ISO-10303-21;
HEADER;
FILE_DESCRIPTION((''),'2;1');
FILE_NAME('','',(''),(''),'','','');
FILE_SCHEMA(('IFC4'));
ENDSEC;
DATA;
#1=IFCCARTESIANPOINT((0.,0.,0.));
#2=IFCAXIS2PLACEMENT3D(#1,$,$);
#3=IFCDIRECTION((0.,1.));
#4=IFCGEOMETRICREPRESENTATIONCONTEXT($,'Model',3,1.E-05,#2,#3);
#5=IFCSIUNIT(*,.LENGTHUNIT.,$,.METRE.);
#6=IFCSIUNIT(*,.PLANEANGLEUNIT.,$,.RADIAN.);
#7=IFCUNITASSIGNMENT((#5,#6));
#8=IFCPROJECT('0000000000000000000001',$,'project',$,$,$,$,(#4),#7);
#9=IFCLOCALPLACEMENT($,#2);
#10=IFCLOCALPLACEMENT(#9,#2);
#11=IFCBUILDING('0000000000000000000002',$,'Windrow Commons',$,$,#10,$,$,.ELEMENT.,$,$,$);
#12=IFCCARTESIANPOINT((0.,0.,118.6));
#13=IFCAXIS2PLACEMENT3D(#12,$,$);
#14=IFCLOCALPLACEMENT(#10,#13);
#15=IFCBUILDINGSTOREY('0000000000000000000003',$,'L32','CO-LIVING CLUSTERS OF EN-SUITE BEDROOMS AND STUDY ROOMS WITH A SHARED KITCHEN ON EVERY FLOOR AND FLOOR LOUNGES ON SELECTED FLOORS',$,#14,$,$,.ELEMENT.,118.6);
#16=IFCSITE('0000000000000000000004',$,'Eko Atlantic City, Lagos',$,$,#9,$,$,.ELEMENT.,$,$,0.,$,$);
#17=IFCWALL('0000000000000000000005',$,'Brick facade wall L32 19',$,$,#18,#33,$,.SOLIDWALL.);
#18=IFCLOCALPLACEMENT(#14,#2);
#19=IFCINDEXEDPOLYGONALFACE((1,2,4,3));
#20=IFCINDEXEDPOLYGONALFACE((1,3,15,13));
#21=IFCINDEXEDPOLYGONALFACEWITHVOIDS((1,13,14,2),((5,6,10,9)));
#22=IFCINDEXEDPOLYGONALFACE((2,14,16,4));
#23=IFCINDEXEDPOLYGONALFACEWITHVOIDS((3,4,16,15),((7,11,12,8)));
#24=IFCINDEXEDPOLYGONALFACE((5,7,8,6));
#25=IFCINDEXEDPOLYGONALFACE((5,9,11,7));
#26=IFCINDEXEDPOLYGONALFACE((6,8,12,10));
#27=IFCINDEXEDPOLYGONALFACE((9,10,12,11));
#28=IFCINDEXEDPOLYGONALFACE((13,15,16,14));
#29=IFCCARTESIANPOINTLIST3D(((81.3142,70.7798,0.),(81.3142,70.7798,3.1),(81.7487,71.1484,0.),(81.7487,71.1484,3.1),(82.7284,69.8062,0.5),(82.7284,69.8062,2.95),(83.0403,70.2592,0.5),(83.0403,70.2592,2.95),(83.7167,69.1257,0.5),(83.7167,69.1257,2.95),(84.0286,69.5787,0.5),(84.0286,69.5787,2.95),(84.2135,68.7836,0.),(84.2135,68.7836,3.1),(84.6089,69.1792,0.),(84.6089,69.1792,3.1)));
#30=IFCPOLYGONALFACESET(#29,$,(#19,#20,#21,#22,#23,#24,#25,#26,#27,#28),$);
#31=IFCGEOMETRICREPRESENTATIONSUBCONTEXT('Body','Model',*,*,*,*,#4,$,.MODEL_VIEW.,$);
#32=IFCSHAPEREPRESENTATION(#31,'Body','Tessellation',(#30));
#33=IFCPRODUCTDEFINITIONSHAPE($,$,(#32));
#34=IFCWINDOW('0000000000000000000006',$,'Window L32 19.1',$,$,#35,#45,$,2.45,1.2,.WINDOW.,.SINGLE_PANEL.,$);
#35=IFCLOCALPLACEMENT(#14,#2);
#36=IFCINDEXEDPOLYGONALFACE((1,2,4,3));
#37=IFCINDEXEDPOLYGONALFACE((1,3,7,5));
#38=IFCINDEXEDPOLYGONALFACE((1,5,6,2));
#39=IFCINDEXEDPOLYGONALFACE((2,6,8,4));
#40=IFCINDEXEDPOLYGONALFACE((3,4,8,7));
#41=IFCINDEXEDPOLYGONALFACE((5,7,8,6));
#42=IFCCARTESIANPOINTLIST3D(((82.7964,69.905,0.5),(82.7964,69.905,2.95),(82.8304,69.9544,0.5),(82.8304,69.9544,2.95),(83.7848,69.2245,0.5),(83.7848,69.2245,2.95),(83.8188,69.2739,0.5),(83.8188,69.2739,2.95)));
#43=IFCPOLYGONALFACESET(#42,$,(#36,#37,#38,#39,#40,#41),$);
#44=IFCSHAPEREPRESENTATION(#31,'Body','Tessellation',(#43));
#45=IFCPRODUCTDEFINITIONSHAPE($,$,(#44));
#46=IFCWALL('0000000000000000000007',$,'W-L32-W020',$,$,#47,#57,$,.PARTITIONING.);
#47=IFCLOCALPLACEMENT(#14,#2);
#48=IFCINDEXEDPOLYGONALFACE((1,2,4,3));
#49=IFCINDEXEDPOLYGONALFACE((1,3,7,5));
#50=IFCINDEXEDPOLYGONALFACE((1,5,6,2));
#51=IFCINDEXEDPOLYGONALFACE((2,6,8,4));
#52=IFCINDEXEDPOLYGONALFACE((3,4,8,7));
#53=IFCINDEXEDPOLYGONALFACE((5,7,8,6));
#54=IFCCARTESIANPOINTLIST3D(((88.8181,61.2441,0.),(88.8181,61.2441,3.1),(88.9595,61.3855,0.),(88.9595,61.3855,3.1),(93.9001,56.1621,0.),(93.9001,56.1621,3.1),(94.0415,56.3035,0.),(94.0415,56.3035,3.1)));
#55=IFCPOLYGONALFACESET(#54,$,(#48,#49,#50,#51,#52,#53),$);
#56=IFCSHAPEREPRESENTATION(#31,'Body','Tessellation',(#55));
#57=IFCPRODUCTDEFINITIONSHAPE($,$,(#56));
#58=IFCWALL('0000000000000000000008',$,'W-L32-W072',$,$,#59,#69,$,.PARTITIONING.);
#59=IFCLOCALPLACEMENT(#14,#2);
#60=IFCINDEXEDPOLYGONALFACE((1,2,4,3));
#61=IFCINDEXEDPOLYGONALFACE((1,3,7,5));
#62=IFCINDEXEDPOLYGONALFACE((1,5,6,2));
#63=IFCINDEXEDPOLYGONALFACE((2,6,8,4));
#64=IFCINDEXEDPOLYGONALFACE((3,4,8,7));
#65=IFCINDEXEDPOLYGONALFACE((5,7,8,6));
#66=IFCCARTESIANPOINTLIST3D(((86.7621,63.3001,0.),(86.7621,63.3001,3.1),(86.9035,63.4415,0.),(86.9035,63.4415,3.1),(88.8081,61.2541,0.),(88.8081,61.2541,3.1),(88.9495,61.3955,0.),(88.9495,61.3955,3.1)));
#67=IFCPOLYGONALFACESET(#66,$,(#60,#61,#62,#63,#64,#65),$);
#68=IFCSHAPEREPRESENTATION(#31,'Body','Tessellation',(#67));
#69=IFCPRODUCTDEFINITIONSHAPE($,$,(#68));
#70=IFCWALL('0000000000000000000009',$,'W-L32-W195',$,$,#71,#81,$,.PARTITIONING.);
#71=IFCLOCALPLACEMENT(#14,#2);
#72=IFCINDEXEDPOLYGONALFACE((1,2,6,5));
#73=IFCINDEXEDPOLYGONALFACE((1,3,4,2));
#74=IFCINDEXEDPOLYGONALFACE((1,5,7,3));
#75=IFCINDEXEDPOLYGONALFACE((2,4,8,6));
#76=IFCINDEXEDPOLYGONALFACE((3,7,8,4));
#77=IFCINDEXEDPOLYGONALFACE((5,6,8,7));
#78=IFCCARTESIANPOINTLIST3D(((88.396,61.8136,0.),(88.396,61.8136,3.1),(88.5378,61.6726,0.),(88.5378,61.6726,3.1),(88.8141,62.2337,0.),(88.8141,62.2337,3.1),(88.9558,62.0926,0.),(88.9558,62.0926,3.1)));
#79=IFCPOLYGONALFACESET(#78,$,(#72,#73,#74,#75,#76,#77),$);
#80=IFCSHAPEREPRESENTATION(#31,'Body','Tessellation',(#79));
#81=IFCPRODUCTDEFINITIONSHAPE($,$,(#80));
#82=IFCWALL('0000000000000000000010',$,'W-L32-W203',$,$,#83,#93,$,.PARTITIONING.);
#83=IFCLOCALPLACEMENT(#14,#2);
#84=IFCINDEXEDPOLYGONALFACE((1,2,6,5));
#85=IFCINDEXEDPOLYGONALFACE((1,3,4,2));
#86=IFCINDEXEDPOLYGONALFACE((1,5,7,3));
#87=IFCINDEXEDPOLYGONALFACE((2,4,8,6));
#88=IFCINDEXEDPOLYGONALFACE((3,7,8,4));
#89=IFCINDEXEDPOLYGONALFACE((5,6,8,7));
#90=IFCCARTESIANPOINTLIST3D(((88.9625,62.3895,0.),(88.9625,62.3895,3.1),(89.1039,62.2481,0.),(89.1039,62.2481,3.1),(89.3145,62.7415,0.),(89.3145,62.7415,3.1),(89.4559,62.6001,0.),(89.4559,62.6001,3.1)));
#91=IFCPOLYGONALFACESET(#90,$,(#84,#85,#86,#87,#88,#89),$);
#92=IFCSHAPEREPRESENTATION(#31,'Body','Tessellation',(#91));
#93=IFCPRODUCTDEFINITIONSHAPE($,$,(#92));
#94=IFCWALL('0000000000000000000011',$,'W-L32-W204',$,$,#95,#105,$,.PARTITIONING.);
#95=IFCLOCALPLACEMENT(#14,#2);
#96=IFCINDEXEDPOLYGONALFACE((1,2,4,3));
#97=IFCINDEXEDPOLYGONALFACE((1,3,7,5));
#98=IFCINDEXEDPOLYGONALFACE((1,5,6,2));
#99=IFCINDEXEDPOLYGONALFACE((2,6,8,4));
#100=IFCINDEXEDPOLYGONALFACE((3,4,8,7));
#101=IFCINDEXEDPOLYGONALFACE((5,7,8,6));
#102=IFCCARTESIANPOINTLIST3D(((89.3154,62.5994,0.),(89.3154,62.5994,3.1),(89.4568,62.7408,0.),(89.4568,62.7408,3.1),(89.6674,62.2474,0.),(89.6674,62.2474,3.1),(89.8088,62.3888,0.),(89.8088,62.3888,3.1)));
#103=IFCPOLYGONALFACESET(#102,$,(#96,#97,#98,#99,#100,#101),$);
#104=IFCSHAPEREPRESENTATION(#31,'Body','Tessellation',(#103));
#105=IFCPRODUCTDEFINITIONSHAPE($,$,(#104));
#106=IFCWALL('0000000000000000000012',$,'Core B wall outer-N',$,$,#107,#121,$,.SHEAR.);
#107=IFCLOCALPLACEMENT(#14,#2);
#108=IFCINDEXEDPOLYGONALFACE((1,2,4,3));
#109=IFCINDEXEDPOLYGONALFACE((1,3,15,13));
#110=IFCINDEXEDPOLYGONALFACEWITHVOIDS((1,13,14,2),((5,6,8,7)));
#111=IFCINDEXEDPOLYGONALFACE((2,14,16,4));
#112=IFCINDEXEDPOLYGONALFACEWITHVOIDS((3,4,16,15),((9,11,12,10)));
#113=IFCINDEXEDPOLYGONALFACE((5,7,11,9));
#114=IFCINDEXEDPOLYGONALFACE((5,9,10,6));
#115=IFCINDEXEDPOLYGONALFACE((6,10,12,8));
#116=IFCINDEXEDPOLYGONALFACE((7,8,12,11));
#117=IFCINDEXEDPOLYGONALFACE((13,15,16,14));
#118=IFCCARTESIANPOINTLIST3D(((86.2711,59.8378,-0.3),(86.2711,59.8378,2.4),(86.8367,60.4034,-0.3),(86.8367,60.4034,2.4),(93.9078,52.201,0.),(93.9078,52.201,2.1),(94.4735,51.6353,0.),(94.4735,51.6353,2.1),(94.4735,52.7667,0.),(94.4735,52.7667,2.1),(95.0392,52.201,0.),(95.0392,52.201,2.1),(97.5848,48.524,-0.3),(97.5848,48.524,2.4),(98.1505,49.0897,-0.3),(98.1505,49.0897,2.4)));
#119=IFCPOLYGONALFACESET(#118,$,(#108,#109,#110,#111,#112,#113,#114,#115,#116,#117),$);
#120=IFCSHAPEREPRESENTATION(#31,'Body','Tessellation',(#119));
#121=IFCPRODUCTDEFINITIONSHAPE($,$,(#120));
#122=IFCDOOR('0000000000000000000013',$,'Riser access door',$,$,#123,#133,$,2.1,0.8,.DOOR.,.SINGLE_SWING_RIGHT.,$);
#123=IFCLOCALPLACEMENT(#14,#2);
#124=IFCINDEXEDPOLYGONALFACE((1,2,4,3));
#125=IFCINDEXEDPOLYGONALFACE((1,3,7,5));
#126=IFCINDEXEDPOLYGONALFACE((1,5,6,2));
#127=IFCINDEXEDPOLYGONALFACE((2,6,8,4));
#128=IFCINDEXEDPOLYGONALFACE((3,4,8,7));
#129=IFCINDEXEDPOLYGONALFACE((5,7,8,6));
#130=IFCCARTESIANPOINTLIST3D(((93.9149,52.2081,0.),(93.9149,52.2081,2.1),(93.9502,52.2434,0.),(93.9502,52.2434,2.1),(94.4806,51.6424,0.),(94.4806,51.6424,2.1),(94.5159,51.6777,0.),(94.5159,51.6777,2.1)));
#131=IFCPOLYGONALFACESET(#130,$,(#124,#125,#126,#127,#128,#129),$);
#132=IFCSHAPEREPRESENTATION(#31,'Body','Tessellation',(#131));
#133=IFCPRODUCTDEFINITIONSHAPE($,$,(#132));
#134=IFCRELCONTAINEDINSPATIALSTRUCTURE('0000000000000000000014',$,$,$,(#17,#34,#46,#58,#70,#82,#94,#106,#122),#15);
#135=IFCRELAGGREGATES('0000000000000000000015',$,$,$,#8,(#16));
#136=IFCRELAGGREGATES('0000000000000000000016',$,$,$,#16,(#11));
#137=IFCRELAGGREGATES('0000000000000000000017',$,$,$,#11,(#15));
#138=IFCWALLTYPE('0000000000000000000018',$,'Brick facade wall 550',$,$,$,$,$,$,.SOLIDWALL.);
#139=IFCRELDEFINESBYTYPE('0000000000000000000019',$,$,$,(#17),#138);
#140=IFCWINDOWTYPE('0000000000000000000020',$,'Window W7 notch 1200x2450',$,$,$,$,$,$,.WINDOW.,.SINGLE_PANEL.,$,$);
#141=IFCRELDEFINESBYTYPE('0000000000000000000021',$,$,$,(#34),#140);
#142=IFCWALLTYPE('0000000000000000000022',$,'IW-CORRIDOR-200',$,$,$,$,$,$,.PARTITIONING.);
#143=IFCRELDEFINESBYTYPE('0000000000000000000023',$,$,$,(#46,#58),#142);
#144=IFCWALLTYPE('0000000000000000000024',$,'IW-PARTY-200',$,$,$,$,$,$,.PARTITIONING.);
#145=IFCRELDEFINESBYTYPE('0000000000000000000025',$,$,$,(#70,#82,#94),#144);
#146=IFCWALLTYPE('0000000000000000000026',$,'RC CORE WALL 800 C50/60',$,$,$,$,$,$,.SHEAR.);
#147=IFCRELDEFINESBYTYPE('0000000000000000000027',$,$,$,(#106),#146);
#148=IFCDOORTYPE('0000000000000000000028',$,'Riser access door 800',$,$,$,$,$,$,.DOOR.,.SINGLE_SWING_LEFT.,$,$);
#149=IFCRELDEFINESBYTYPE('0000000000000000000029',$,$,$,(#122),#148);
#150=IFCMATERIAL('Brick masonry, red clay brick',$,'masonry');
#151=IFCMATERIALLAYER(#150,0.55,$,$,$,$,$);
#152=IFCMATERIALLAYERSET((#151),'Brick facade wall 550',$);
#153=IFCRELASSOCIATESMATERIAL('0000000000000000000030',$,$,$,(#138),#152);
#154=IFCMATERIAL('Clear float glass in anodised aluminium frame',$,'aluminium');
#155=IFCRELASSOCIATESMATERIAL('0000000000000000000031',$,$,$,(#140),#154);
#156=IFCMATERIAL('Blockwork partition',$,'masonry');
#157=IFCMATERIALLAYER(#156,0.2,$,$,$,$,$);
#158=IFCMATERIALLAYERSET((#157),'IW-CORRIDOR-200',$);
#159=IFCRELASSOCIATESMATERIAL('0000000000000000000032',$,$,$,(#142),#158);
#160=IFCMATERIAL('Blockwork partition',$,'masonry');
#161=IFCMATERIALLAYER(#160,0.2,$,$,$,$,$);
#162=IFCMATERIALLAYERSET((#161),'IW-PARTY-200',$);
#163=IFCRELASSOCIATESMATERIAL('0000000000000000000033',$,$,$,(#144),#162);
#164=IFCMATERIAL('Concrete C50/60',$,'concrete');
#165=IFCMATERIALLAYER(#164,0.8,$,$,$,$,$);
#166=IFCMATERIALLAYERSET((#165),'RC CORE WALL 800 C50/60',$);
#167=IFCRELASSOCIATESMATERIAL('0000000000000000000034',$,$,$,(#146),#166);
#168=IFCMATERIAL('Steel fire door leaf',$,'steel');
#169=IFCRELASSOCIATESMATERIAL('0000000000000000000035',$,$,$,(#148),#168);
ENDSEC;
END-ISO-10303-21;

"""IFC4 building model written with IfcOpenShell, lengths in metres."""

from ifc_helpers import new_model, si_unit, direction, frame, frame_2d, origin, place, context, subcontext, project, spatial, polyline, rectangle, outline, extrude, material, layer, layer_set, type_object, element, fill, save


model = new_model("IFC4")

# Units and contexts
model_context = context("Model", 3, precision=1e-05, world=origin(), true_north=direction((0.0, 1.0)))
body_context = subcontext(model_context, "Body", "Model", "MODEL_VIEW")
ifc_project = project(units=[si_unit("LENGTHUNIT", "METRE"), si_unit("PLANEANGLEUNIT", "RADIAN")], contexts=[model_context])

# Site, building, storey
site_placement = place(None, origin())
site = spatial("IfcSite", under=ifc_project, at=site_placement, Name="Eko Atlantic City, Lagos", CompositionType="ELEMENT", RefElevation=0.0)
building_placement = place(site_placement, origin())
building = spatial("IfcBuilding", under=site, at=building_placement, Name="Windrow Commons", CompositionType="ELEMENT")
storey_placement = place(building_placement, frame((0.0, 0.0, 118.6)))
storey = spatial("IfcBuildingStorey", under=building, at=storey_placement, Name="L32", Description="CO-LIVING CLUSTERS OF EN-SUITE BEDROOMS AND STUDY ROOMS WITH A SHARED KITCHEN ON EVERY FLOOR AND FLOOR LOUNGES ON SELECTED FLOORS", CompositionType="ELEMENT", Elevation=118.6)

# Shared definitions
ifc_material_1 = material(Name="Brick masonry, red clay brick", Category="masonry")
ifc_layer_1 = layer(ifc_material_1, 0.55)
ifc_layer_set_1 = layer_set([ifc_layer_1], Name="Brick facade wall 550")
wall_type_1 = type_object("IfcWallType", Name="Brick facade wall 550", PredefinedType="SOLIDWALL", material=ifc_layer_set_1)
ifc_material_2 = material(Name="Clear float glass in anodised aluminium frame", Category="aluminium")
window_type_1 = type_object("IfcWindowType", Name="Window W7 notch 1200x2450", PartitioningType="SINGLE_PANEL", PredefinedType="WINDOW", material=ifc_material_2)

# Wall, opening, window
wall_1_placement = place(storey_placement, frame((84.4112, 68.9814, 0.0), z_axis=(0.0, 0.0, 1.0), x_axis=(-0.823654, 0.567093, 0.0)))
wall_1 = element("IfcWall", 1, at=wall_1_placement, inside=storey, type_object=wall_type_1, Name="Brick facade wall L32 19", PredefinedType="SOLIDWALL", context=body_context, shape_type="SweptSolid", body=[
    extrude(outline(polyline([(-0.0507, -0.275), (3.4219, -0.275), (3.5707, 0.275), (0.0507, 0.275), (-0.0507, -0.275)])), origin(), (0.0, 0.0, 1.0), 3.1),
])
opening_1_placement = place(wall_1_placement, frame((0.6538, 0.0, 0.5)))
opening_1 = element("IfcOpeningElement", 2, at=opening_1_placement, cuts=wall_1, PredefinedType="OPENING", context=body_context, shape_type="SweptSolid", body=[
    extrude(rectangle(XDim=1.2, YDim=2.45, at=frame_2d((0.6, 1.225))), frame((0.0, 0.285, 0.0), z_axis=(0.0, -1.0, 0.0), x_axis=(1.0, 0.0, 0.0)), (0.0, 0.0, 1.0), 0.57),
])
window_1_placement = place(opening_1_placement, origin())
window_1 = element("IfcWindow", 3, at=window_1_placement, inside=storey, type_object=window_type_1, Name="Window L32 19.1", OverallHeight=2.45, OverallWidth=1.2, PartitioningType="SINGLE_PANEL", PredefinedType="WINDOW", context=body_context, shape_type="SweptSolid", body=[
    extrude(rectangle(XDim=1.2, YDim=2.45, at=frame_2d((0.6, 1.225))), frame((0.0, 0.155, 0.0), z_axis=(0.0, -1.0, 0.0), x_axis=(1.0, 0.0, 0.0)), (0.0, 0.0, 1.0), 0.06),
])
fill(opening_1, window_1)

# Walls
ifc_material_3 = material(Name="Blockwork partition", Category="masonry")
ifc_layer_2 = layer(ifc_material_3, 0.2)
ifc_layer_set_2 = layer_set([ifc_layer_2], Name="IW-CORRIDOR-200")
wall_type_2 = type_object("IfcWallType", Name="IW-CORRIDOR-200", PredefinedType="PARTITIONING", material=ifc_layer_set_2)
wall_2_placement = place(storey_placement, frame((88.8888, 61.3148, 0.0), z_axis=(0.0, 0.0, 1.0), x_axis=(0.707107, -0.707107, 0.0)))
element("IfcWall", 4, at=wall_2_placement, inside=storey, type_object=wall_type_2, Name="W-L32-W020", PredefinedType="PARTITIONING", context=body_context, shape_type="SweptSolid", body=[
    extrude(rectangle(XDim=7.187, YDim=0.2, at=frame_2d((3.5935, 0.0))), origin(), (0.0, 0.0, 1.0), 3.1),
])
wall_3_placement = place(storey_placement, frame((86.8328, 63.3708, 0.0), z_axis=(0.0, 0.0, 1.0), x_axis=(0.707107, -0.707107, 0.0)))
element("IfcWall", 5, at=wall_3_placement, inside=storey, type_object=wall_type_2, Name="W-L32-W072", PredefinedType="PARTITIONING", context=body_context, shape_type="SweptSolid", body=[
    extrude(rectangle(XDim=2.8935, YDim=0.2, at=frame_2d((1.4467, 0.0))), origin(), (0.0, 0.0, 1.0), 3.1),
])
ifc_material_4 = material(Name="Blockwork partition", Category="masonry")
ifc_layer_3 = layer(ifc_material_4, 0.2)
ifc_layer_set_3 = layer_set([ifc_layer_3], Name="IW-PARTY-200")
wall_type_3 = type_object("IfcWallType", Name="IW-PARTY-200", PredefinedType="PARTITIONING", material=ifc_layer_set_3)
wall_4_placement = place(storey_placement, frame((88.4669, 61.7431, 0.0), z_axis=(0.0, 0.0, 1.0), x_axis=(0.705417, 0.708792, 0.0)))
element("IfcWall", 6, at=wall_4_placement, inside=storey, type_object=wall_type_3, Name="W-L32-W195", PredefinedType="PARTITIONING", context=body_context, shape_type="SweptSolid", body=[
    extrude(rectangle(XDim=0.5926, YDim=0.2, at=frame_2d((0.2963, 0.0))), origin(), (0.0, 0.0, 1.0), 3.1),
])
for number, where, z_axis, x_axis, name in (
    (7, (89.0332, 62.3188, 0.0), (0.0, 0.0, 1.0), (0.707107, 0.707107, 0.0), "W-L32-W203"),
    (8, (89.3861, 62.6701, 0.0), (0.0, 0.0, 1.0), (0.707107, -0.707107, 0.0), "W-L32-W204"),
):
    element("IfcWall", number, at=place(storey_placement, frame(where, z_axis=z_axis, x_axis=x_axis)), inside=storey, type_object=wall_type_3, Name=name, PredefinedType="PARTITIONING", context=body_context, shape_type="SweptSolid", body=[
        extrude(rectangle(XDim=0.4978, YDim=0.2, at=frame_2d((0.2489, 0.0))), origin(), (0.0, 0.0, 1.0), 3.1),
    ])

# Wall, opening, door
ifc_material_5 = material(Name="Concrete C50/60", Category="concrete")
ifc_layer_4 = layer(ifc_material_5, 0.8)
ifc_layer_set_4 = layer_set([ifc_layer_4], Name="RC CORE WALL 800 C50/60")
wall_type_4 = type_object("IfcWallType", Name="RC CORE WALL 800 C50/60", PredefinedType="SHEAR", material=ifc_layer_set_4)
wall_5_placement = place(storey_placement, frame((86.5539, 60.1206, -0.3), z_axis=(0.0, 0.0, 1.0), x_axis=(0.707107, -0.707107, 0.0)))
wall_5 = element("IfcWall", 9, at=wall_5_placement, inside=storey, type_object=wall_type_4, Name="Core B wall outer-N", PredefinedType="SHEAR", context=body_context, shape_type="SweptSolid", body=[
    extrude(rectangle(XDim=16.0, YDim=0.8, at=frame_2d((8.0, 0.0))), origin(), (0.0, 0.0, 1.0), 2.7),
])
opening_2_placement = place(wall_5_placement, frame((10.8, 0.0, 0.3)))
opening_2 = element("IfcOpeningElement", 10, at=opening_2_placement, cuts=wall_5, PredefinedType="OPENING", context=body_context, shape_type="SweptSolid", body=[
    extrude(rectangle(XDim=0.8, YDim=2.1, at=frame_2d((0.4, 1.05))), frame((0.0, 0.41, 0.0), z_axis=(0.0, -1.0, 0.0), x_axis=(1.0, 0.0, 0.0)), (0.0, 0.0, 1.0), 0.82),
])
ifc_material_6 = material(Name="Steel fire door leaf", Category="steel")
door_type = type_object("IfcDoorType", Name="Riser access door 800", OperationType="SINGLE_SWING_LEFT", PredefinedType="DOOR", material=ifc_material_6)
door_placement = place(opening_2_placement, origin())
door = element("IfcDoor", 11, at=door_placement, inside=storey, type_object=door_type, Name="Riser access door", OperationType="SINGLE_SWING_RIGHT", OverallHeight=2.1, OverallWidth=0.8, PredefinedType="DOOR", context=body_context, shape_type="SweptSolid", body=[
    extrude(rectangle(XDim=0.8, YDim=2.1, at=frame_2d((0.4, 1.05))), frame((0.0, -0.34, 0.0), z_axis=(0.0, -1.0, 0.0), x_axis=(1.0, 0.0, 0.0)), (0.0, 0.0, 1.0), 0.05),
])
fill(opening_2, door)

save(model, "model.ifc")
